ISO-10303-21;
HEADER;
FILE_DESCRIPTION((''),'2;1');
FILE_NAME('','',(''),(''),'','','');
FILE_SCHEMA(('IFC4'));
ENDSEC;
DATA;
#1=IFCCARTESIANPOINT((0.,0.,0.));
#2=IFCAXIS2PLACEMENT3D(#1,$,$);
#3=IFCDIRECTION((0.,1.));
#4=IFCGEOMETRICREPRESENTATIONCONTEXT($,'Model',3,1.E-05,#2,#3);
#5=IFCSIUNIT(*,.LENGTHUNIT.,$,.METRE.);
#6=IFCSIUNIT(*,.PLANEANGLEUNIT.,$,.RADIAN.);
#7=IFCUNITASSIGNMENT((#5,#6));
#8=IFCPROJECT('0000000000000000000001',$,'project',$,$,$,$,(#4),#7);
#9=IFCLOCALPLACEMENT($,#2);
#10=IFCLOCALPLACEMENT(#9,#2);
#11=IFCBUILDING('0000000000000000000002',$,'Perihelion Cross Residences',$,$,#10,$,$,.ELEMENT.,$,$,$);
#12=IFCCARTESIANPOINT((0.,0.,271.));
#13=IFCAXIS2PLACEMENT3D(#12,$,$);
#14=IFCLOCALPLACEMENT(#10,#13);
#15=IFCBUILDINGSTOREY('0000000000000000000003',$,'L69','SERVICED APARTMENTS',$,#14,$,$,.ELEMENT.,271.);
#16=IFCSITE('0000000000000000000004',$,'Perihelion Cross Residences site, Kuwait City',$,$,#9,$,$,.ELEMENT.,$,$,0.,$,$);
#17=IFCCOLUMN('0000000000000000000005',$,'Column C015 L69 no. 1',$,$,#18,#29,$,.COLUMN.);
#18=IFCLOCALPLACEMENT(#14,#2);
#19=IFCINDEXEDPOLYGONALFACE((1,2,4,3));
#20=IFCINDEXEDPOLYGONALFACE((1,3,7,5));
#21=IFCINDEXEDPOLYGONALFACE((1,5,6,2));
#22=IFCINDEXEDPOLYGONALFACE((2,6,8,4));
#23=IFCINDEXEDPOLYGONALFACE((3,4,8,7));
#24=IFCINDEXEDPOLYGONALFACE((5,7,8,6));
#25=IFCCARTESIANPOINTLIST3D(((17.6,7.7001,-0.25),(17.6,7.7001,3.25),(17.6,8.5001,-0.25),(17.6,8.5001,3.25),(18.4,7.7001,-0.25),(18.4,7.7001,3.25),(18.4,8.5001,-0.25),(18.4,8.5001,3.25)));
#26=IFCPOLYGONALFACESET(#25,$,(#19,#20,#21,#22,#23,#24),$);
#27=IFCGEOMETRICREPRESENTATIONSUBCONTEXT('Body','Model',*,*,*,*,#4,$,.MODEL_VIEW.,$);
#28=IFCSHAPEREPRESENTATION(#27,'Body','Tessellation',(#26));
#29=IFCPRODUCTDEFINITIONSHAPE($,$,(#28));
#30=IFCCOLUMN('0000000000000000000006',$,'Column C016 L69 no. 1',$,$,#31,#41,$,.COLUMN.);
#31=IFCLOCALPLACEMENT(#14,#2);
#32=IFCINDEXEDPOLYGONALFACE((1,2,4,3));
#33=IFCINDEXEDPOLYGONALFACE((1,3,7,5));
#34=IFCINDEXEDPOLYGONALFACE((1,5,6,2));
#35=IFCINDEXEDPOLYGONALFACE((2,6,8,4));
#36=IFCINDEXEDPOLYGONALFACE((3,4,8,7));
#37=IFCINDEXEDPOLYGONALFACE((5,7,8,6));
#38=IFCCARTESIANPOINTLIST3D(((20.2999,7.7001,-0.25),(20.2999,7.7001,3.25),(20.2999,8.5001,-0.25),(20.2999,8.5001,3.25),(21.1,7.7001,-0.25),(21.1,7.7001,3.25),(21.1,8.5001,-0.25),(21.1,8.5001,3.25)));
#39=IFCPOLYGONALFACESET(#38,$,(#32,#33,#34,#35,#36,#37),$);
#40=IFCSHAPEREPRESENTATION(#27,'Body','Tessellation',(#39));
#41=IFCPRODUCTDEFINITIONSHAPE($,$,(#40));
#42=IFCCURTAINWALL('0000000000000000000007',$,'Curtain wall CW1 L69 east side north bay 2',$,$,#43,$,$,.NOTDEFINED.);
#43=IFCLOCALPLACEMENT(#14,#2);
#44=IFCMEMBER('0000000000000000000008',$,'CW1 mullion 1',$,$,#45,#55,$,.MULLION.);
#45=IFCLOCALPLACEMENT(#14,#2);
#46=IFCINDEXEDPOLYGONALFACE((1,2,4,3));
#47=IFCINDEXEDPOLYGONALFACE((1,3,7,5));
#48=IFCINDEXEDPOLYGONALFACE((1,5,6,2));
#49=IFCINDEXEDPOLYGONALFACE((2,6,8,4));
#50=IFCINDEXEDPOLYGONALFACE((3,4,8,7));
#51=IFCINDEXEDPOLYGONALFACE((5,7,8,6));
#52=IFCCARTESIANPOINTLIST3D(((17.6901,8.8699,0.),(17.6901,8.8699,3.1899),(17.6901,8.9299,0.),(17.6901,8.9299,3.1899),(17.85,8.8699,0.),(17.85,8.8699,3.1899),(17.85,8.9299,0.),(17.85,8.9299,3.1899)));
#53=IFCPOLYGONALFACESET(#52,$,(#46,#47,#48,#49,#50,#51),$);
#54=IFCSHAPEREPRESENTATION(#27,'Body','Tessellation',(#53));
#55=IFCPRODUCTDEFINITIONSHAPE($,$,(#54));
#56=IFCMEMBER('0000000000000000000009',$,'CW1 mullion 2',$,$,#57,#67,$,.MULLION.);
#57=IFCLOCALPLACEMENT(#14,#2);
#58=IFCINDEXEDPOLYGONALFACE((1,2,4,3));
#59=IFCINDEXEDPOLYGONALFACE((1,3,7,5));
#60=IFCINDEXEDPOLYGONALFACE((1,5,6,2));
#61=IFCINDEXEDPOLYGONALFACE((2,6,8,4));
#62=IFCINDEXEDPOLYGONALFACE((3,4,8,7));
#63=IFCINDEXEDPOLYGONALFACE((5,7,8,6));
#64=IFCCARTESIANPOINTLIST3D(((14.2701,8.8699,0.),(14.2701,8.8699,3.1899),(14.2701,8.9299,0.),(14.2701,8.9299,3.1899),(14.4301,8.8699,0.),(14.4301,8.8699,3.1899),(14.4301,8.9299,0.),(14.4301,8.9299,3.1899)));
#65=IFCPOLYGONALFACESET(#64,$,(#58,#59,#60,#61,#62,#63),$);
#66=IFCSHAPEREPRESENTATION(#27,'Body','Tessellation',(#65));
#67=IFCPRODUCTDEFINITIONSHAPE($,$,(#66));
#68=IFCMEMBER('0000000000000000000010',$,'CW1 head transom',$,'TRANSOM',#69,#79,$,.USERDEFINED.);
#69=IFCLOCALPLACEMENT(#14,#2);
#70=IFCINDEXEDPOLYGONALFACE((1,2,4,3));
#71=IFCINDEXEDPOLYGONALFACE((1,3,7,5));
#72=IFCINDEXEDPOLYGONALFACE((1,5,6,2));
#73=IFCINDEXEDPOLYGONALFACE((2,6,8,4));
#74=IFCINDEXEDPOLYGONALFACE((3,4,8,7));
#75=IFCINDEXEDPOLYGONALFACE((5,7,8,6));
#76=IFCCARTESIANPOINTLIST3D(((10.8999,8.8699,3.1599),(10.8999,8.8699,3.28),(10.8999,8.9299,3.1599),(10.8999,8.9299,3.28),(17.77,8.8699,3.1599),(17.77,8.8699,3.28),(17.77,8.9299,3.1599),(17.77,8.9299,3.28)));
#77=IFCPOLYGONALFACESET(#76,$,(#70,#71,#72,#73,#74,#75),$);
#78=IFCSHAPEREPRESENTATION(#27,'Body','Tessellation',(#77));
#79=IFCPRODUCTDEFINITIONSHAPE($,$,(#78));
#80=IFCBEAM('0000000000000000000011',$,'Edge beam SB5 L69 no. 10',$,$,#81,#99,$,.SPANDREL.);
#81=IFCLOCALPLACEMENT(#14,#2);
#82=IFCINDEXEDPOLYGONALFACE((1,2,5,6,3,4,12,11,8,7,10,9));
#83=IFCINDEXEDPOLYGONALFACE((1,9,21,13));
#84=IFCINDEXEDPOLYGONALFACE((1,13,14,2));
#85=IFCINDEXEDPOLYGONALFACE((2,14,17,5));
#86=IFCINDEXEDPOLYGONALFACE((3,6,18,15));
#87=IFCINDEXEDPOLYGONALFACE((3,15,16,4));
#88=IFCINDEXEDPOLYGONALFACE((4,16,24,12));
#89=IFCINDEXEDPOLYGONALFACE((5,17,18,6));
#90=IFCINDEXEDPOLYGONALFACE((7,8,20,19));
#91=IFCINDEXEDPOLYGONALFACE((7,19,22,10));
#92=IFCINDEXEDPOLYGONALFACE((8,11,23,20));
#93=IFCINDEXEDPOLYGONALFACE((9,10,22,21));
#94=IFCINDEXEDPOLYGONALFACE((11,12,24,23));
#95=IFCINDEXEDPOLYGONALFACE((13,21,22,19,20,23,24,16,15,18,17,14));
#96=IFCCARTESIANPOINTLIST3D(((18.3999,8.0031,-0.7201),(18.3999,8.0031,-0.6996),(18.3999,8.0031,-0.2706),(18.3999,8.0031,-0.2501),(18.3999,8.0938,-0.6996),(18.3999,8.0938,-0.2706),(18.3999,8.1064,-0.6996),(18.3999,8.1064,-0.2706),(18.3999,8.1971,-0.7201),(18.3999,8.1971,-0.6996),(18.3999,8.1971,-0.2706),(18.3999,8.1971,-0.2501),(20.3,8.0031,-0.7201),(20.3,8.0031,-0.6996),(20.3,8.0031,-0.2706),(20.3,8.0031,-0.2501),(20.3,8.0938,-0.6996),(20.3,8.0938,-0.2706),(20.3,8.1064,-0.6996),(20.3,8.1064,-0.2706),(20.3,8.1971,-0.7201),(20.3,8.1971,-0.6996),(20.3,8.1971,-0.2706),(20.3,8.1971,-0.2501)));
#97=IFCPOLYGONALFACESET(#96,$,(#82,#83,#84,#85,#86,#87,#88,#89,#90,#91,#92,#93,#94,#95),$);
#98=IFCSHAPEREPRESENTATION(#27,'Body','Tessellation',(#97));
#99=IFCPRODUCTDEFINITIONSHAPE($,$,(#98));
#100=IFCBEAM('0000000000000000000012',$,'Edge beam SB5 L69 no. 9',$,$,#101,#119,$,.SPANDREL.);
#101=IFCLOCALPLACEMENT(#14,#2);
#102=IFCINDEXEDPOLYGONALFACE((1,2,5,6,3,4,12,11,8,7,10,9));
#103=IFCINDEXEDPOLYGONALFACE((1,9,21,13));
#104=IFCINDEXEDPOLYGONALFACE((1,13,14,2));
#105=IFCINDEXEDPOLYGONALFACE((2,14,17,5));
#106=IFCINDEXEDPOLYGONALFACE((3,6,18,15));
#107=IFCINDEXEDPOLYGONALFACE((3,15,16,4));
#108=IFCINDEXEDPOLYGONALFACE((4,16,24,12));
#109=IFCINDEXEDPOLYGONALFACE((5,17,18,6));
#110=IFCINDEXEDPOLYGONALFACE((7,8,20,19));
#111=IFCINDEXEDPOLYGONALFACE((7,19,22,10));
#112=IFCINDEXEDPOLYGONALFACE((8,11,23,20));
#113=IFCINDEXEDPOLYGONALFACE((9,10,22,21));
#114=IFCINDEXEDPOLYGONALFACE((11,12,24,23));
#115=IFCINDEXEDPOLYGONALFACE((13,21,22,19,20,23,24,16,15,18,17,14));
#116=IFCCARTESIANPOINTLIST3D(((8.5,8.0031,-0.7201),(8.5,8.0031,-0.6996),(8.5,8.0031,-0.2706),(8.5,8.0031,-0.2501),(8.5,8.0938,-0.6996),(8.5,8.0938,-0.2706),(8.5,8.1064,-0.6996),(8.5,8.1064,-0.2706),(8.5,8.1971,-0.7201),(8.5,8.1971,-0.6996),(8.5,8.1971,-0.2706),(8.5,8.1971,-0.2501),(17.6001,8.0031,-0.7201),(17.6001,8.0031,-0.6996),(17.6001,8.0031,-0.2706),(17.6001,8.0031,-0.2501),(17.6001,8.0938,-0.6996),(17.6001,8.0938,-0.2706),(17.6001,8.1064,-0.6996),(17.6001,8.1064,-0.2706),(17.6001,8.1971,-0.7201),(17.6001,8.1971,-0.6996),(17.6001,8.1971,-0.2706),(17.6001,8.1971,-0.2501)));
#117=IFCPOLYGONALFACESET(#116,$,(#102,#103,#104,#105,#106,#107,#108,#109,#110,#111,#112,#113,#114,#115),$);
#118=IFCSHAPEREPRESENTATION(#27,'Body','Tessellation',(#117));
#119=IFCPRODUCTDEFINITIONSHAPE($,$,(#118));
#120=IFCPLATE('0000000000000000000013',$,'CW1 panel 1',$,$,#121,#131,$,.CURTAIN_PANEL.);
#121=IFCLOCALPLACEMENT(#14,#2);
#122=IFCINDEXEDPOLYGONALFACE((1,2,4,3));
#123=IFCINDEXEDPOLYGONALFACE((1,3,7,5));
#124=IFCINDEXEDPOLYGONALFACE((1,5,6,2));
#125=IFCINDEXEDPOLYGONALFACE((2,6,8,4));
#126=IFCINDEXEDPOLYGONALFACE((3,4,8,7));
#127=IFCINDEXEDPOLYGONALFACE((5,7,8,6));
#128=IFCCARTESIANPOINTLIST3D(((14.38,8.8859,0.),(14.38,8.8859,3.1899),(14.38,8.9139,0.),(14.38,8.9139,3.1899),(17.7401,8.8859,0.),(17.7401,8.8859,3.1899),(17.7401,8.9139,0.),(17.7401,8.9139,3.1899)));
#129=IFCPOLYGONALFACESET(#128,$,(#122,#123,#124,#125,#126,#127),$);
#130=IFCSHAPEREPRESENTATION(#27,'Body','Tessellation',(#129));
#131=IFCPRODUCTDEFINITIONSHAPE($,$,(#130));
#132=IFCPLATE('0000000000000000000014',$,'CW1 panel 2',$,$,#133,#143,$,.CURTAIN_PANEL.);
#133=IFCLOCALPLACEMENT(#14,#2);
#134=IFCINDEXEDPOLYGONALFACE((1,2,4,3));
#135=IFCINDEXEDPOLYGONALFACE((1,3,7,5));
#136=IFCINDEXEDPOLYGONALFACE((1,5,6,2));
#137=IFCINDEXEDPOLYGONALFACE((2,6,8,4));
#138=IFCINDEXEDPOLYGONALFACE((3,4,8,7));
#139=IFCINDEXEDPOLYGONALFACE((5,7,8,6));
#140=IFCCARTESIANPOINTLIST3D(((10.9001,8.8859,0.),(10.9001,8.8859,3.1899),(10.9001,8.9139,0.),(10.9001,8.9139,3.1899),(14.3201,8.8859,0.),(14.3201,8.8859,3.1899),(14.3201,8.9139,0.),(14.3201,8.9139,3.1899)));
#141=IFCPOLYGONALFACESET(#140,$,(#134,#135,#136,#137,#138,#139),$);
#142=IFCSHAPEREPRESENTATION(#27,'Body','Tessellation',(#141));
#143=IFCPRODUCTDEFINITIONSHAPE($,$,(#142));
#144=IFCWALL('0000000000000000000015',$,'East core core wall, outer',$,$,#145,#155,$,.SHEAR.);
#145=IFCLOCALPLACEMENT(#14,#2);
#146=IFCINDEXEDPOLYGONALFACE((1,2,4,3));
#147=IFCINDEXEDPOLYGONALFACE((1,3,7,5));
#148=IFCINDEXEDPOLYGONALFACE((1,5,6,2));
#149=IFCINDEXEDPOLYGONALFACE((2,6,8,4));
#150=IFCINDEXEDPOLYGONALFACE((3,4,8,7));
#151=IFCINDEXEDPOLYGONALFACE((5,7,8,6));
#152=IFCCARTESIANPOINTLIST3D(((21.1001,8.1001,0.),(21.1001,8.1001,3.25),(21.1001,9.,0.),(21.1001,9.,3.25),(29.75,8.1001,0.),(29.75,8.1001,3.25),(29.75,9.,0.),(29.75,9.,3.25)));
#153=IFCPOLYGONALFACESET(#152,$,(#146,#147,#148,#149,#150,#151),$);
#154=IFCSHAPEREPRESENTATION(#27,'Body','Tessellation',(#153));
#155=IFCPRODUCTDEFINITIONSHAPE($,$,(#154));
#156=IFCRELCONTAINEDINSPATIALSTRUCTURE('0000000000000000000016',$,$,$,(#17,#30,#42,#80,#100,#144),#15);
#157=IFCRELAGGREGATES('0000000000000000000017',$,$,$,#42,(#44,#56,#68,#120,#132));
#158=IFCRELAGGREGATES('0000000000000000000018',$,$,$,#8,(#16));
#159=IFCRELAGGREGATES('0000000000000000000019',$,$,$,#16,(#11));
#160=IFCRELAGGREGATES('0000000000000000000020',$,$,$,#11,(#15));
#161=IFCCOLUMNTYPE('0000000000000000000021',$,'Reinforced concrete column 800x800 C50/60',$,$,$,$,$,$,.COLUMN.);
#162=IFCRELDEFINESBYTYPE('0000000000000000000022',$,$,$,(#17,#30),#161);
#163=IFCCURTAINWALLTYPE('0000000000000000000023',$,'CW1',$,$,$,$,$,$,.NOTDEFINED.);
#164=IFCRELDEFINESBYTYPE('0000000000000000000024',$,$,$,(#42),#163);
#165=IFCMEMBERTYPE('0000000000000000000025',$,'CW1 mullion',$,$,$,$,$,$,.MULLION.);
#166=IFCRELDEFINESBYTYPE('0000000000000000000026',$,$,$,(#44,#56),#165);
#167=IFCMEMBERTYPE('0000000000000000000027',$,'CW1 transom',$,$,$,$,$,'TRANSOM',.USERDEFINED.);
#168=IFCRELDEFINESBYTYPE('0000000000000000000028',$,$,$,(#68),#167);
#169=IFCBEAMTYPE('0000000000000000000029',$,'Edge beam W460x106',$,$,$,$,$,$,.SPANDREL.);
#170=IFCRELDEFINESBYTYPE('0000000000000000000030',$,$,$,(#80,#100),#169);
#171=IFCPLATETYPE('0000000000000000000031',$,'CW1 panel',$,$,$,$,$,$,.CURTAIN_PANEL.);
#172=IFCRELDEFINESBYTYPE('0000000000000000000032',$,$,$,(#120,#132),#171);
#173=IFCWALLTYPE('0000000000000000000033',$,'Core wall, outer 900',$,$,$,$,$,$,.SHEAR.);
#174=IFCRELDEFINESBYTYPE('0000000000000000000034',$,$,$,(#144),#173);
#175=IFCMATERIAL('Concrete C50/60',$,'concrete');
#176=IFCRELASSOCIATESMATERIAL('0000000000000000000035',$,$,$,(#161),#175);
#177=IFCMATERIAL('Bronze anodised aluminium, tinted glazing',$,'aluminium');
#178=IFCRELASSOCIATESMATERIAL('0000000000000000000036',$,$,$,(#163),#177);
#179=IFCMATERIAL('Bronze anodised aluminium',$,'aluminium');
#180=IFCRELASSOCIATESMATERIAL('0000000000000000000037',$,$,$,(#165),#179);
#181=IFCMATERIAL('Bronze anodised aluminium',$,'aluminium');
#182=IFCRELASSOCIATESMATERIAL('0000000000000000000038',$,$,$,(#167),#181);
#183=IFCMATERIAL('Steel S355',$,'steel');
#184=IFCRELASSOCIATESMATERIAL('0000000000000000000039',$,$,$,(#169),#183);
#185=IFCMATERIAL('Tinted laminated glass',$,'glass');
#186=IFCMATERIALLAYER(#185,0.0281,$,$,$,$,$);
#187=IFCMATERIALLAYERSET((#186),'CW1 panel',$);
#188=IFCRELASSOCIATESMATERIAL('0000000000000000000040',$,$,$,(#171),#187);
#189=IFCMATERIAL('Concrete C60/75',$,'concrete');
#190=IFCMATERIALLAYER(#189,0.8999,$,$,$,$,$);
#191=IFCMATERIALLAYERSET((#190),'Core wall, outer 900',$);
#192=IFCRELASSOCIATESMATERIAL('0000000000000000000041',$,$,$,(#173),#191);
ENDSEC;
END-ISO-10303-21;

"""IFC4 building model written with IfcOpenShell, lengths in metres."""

from ifc_helpers import new_model, si_unit, direction, frame, frame_2d, origin, origin_2d, place, context, subcontext, project, spatial, rectangle, i_section, extrude, material, layer, layer_set, material_profile, profile_set, type_object, element, aggregate, save


model = new_model("IFC4")

# Units and contexts
model_context = context("Model", 3, precision=1e-05, world=origin(), true_north=direction((0.0, 1.0)))
body_context = subcontext(model_context, "Body", "Model", "MODEL_VIEW")
ifc_project = project(units=[si_unit("LENGTHUNIT", "METRE"), si_unit("PLANEANGLEUNIT", "RADIAN")], contexts=[model_context])

# Site, building, storey
site_placement = place(None, origin())
site = spatial("IfcSite", under=ifc_project, at=site_placement, Name="Perihelion Cross Residences site, Kuwait City", CompositionType="ELEMENT", RefElevation=0.0)
building_placement = place(site_placement, origin())
building = spatial("IfcBuilding", under=site, at=building_placement, Name="Perihelion Cross Residences", CompositionType="ELEMENT")
storey_placement = place(building_placement, frame((0.0, 0.0, 271.0)))
storey = spatial("IfcBuildingStorey", under=building, at=storey_placement, Name="L69", Description="SERVICED APARTMENTS", CompositionType="ELEMENT", Elevation=271.0)

# Columns
ifc_material_1 = material(Name="Concrete C50/60", Category="concrete")
ifc_material_profile_1 = material_profile(ifc_material_1, rectangle(XDim=0.8, YDim=0.8, at=origin_2d()), Name="RC 800x800")
ifc_profile_set_1 = profile_set([ifc_material_profile_1], Name="Concrete C50/60")
column_type = type_object("IfcColumnType", Name="Reinforced concrete column 800x800 C50/60", PredefinedType="COLUMN", material=ifc_profile_set_1)
for number, where, z_axis, x_axis, name in (
    (1, (18.0, 8.1001, -0.25), (0.0, 0.0, 1.0), (1.0, 0.0, 0.0), "Column C015 L69 no. 1"),
    (2, (20.7, 8.1001, -0.25), (0.0, 0.0, 1.0), (1.0, 0.0, 0.0), "Column C016 L69 no. 1"),
):
    element("IfcColumn", number, at=place(storey_placement, frame(where, z_axis=z_axis, x_axis=x_axis)), inside=storey, type_object=column_type, Name=name, PredefinedType="COLUMN", context=body_context, shape_type="SweptSolid", body=[
        extrude(rectangle(XDim=0.8, YDim=0.8, at=origin_2d()), origin(), (0.0, 0.0, 1.0), 3.5),
    ])

# Curtain wall, members
ifc_material_2 = material(Name="Bronze anodised aluminium, tinted glazing", Category="aluminium")
curtain_wall_type = type_object("IfcCurtainWallType", Name="CW1", PredefinedType="NOTDEFINED", material=ifc_material_2)
curtain_wall_placement = place(storey_placement, origin())
curtain_wall = element("IfcCurtainWall", 3, at=curtain_wall_placement, inside=storey, type_object=curtain_wall_type, Name="Curtain wall CW1 L69 east side north bay 2", PredefinedType="NOTDEFINED")
ifc_material_3 = material(Name="Bronze anodised aluminium", Category="aluminium")
ifc_material_profile_2 = material_profile(ifc_material_3, rectangle(XDim=0.0601, YDim=0.1599, at=origin_2d()), Name="CW1 mullion")
ifc_profile_set_2 = profile_set([ifc_material_profile_2], Name="Bronze anodised aluminium")
member_type_1 = type_object("IfcMemberType", Name="CW1 mullion", PredefinedType="MULLION", material=ifc_profile_set_2)
member_1_placement = place(storey_placement, frame((17.77, 8.8999, 0.0), z_axis=(0.0, 0.0, 1.0), x_axis=(0.0, -1.0, 0.0)))
member_1 = element("IfcMember", 4, at=member_1_placement, type_object=member_type_1, Name="CW1 mullion 1", PredefinedType="MULLION", context=body_context, shape_type="SweptSolid", body=[
    extrude(rectangle(XDim=0.0601, YDim=0.1599, at=origin_2d()), origin(), (0.0, 0.0, 1.0), 3.1899),
])
member_2_placement = place(storey_placement, frame((14.3501, 8.8999, 0.0), z_axis=(0.0, 0.0, 1.0), x_axis=(0.0, -1.0, 0.0)))
member_2 = element("IfcMember", 5, at=member_2_placement, type_object=member_type_1, Name="CW1 mullion 2", PredefinedType="MULLION", context=body_context, shape_type="SweptSolid", body=[
    extrude(rectangle(XDim=0.0601, YDim=0.1599, at=origin_2d()), origin(), (0.0, 0.0, 1.0), 3.1899),
])
ifc_material_4 = material(Name="Bronze anodised aluminium", Category="aluminium")
ifc_material_profile_3 = material_profile(ifc_material_4, rectangle(XDim=0.0601, YDim=0.1201, at=origin_2d()), Name="CW1 transom")
ifc_profile_set_3 = profile_set([ifc_material_profile_3], Name="Bronze anodised aluminium")
member_type_2 = type_object("IfcMemberType", Name="CW1 transom", ElementType="TRANSOM", PredefinedType="USERDEFINED", material=ifc_profile_set_3)
member_3_placement = place(storey_placement, frame((17.77, 8.8999, 3.22), z_axis=(-1.0, 0.0, 0.0), x_axis=(0.0, -1.0, 0.0)))
member_3 = element("IfcMember", 6, at=member_3_placement, type_object=member_type_2, Name="CW1 head transom", ObjectType="TRANSOM", PredefinedType="USERDEFINED", context=body_context, shape_type="SweptSolid", body=[
    extrude(rectangle(XDim=0.0601, YDim=0.1201, at=origin_2d()), origin(), (0.0, 0.0, 1.0), 6.8701),
])

# Beams
ifc_material_5 = material(Name="Steel S355", Category="steel")
ifc_material_profile_4 = material_profile(ifc_material_5, i_section(OverallWidth=0.1941, OverallDepth=0.47, WebThickness=0.0127, FlangeThickness=0.0205, at=origin_2d()), Name="W460x106")
ifc_profile_set_4 = profile_set([ifc_material_profile_4], Name="Steel S355")
beam_type = type_object("IfcBeamType", Name="Edge beam W460x106", PredefinedType="SPANDREL", material=ifc_profile_set_4)
beam_1_placement = place(storey_placement, frame((20.3, 8.1001, -0.4851), z_axis=(-1.0, 0.0, 0.0), x_axis=(0.0, -1.0, 0.0)))
element("IfcBeam", 7, at=beam_1_placement, inside=storey, type_object=beam_type, Name="Edge beam SB5 L69 no. 10", PredefinedType="SPANDREL", context=body_context, shape_type="SweptSolid", body=[
    extrude(i_section(OverallWidth=0.1941, OverallDepth=0.47, WebThickness=0.0127, FlangeThickness=0.0205, at=origin_2d()), origin(), (0.0, 0.0, 1.0), 1.9001),
])
beam_2_placement = place(storey_placement, frame((17.6001, 8.1001, -0.4851), z_axis=(-1.0, 0.0, 0.0), x_axis=(0.0, -1.0, 0.0)))
element("IfcBeam", 8, at=beam_2_placement, inside=storey, type_object=beam_type, Name="Edge beam SB5 L69 no. 9", PredefinedType="SPANDREL", context=body_context, shape_type="SweptSolid", body=[
    extrude(i_section(OverallWidth=0.1941, OverallDepth=0.47, WebThickness=0.0127, FlangeThickness=0.0205, at=origin_2d()), origin(), (0.0, 0.0, 1.0), 9.1001),
])

# Plates
ifc_material_6 = material(Name="Tinted laminated glass", Category="glass")
ifc_layer_1 = layer(ifc_material_6, 0.0281)
ifc_layer_set_1 = layer_set([ifc_layer_1], Name="CW1 panel")
plate_type = type_object("IfcPlateType", Name="CW1 panel", PredefinedType="CURTAIN_PANEL", material=ifc_layer_set_1)
plate_1_placement = place(storey_placement, frame((16.0601, 8.8999, 0.0), z_axis=(0.0, 0.0, 1.0), x_axis=(-1.0, 0.0, 0.0)))
plate_1 = element("IfcPlate", 9, at=plate_1_placement, type_object=plate_type, Name="CW1 panel 1", PredefinedType="CURTAIN_PANEL", context=body_context, shape_type="SweptSolid", body=[
    extrude(rectangle(XDim=3.3601, YDim=0.0281, at=origin_2d()), origin(), (0.0, 0.0, 1.0), 3.1899),
])
plate_2_placement = place(storey_placement, frame((12.6101, 8.8999, 0.0), z_axis=(0.0, 0.0, 1.0), x_axis=(-1.0, 0.0, 0.0)))
plate_2 = element("IfcPlate", 10, at=plate_2_placement, type_object=plate_type, Name="CW1 panel 2", PredefinedType="CURTAIN_PANEL", context=body_context, shape_type="SweptSolid", body=[
    extrude(rectangle(XDim=3.4199, YDim=0.0281, at=origin_2d()), origin(), (0.0, 0.0, 1.0), 3.1899),
])
aggregate(curtain_wall, [member_1, member_2, member_3, plate_1, plate_2])

# Wall
ifc_material_7 = material(Name="Concrete C60/75", Category="concrete")
ifc_layer_2 = layer(ifc_material_7, 0.8999)
ifc_layer_set_2 = layer_set([ifc_layer_2], Name="Core wall, outer 900")
wall_type_1 = type_object("IfcWallType", Name="Core wall, outer 900", PredefinedType="SHEAR", material=ifc_layer_set_2)
wall_1_placement = place(storey_placement, frame((21.1001, 8.55, 0.0), z_axis=(0.0, 0.0, 1.0), x_axis=(1.0, 0.0, 0.0)))
element("IfcWall", 11, at=wall_1_placement, inside=storey, type_object=wall_type_1, Name="East core core wall, outer", PredefinedType="SHEAR", context=body_context, shape_type="SweptSolid", body=[
    extrude(rectangle(XDim=8.6499, YDim=0.8999, at=frame_2d((4.325, 0.0))), origin(), (0.0, 0.0, 1.0), 3.25),
])

save(model, "model.ifc")
